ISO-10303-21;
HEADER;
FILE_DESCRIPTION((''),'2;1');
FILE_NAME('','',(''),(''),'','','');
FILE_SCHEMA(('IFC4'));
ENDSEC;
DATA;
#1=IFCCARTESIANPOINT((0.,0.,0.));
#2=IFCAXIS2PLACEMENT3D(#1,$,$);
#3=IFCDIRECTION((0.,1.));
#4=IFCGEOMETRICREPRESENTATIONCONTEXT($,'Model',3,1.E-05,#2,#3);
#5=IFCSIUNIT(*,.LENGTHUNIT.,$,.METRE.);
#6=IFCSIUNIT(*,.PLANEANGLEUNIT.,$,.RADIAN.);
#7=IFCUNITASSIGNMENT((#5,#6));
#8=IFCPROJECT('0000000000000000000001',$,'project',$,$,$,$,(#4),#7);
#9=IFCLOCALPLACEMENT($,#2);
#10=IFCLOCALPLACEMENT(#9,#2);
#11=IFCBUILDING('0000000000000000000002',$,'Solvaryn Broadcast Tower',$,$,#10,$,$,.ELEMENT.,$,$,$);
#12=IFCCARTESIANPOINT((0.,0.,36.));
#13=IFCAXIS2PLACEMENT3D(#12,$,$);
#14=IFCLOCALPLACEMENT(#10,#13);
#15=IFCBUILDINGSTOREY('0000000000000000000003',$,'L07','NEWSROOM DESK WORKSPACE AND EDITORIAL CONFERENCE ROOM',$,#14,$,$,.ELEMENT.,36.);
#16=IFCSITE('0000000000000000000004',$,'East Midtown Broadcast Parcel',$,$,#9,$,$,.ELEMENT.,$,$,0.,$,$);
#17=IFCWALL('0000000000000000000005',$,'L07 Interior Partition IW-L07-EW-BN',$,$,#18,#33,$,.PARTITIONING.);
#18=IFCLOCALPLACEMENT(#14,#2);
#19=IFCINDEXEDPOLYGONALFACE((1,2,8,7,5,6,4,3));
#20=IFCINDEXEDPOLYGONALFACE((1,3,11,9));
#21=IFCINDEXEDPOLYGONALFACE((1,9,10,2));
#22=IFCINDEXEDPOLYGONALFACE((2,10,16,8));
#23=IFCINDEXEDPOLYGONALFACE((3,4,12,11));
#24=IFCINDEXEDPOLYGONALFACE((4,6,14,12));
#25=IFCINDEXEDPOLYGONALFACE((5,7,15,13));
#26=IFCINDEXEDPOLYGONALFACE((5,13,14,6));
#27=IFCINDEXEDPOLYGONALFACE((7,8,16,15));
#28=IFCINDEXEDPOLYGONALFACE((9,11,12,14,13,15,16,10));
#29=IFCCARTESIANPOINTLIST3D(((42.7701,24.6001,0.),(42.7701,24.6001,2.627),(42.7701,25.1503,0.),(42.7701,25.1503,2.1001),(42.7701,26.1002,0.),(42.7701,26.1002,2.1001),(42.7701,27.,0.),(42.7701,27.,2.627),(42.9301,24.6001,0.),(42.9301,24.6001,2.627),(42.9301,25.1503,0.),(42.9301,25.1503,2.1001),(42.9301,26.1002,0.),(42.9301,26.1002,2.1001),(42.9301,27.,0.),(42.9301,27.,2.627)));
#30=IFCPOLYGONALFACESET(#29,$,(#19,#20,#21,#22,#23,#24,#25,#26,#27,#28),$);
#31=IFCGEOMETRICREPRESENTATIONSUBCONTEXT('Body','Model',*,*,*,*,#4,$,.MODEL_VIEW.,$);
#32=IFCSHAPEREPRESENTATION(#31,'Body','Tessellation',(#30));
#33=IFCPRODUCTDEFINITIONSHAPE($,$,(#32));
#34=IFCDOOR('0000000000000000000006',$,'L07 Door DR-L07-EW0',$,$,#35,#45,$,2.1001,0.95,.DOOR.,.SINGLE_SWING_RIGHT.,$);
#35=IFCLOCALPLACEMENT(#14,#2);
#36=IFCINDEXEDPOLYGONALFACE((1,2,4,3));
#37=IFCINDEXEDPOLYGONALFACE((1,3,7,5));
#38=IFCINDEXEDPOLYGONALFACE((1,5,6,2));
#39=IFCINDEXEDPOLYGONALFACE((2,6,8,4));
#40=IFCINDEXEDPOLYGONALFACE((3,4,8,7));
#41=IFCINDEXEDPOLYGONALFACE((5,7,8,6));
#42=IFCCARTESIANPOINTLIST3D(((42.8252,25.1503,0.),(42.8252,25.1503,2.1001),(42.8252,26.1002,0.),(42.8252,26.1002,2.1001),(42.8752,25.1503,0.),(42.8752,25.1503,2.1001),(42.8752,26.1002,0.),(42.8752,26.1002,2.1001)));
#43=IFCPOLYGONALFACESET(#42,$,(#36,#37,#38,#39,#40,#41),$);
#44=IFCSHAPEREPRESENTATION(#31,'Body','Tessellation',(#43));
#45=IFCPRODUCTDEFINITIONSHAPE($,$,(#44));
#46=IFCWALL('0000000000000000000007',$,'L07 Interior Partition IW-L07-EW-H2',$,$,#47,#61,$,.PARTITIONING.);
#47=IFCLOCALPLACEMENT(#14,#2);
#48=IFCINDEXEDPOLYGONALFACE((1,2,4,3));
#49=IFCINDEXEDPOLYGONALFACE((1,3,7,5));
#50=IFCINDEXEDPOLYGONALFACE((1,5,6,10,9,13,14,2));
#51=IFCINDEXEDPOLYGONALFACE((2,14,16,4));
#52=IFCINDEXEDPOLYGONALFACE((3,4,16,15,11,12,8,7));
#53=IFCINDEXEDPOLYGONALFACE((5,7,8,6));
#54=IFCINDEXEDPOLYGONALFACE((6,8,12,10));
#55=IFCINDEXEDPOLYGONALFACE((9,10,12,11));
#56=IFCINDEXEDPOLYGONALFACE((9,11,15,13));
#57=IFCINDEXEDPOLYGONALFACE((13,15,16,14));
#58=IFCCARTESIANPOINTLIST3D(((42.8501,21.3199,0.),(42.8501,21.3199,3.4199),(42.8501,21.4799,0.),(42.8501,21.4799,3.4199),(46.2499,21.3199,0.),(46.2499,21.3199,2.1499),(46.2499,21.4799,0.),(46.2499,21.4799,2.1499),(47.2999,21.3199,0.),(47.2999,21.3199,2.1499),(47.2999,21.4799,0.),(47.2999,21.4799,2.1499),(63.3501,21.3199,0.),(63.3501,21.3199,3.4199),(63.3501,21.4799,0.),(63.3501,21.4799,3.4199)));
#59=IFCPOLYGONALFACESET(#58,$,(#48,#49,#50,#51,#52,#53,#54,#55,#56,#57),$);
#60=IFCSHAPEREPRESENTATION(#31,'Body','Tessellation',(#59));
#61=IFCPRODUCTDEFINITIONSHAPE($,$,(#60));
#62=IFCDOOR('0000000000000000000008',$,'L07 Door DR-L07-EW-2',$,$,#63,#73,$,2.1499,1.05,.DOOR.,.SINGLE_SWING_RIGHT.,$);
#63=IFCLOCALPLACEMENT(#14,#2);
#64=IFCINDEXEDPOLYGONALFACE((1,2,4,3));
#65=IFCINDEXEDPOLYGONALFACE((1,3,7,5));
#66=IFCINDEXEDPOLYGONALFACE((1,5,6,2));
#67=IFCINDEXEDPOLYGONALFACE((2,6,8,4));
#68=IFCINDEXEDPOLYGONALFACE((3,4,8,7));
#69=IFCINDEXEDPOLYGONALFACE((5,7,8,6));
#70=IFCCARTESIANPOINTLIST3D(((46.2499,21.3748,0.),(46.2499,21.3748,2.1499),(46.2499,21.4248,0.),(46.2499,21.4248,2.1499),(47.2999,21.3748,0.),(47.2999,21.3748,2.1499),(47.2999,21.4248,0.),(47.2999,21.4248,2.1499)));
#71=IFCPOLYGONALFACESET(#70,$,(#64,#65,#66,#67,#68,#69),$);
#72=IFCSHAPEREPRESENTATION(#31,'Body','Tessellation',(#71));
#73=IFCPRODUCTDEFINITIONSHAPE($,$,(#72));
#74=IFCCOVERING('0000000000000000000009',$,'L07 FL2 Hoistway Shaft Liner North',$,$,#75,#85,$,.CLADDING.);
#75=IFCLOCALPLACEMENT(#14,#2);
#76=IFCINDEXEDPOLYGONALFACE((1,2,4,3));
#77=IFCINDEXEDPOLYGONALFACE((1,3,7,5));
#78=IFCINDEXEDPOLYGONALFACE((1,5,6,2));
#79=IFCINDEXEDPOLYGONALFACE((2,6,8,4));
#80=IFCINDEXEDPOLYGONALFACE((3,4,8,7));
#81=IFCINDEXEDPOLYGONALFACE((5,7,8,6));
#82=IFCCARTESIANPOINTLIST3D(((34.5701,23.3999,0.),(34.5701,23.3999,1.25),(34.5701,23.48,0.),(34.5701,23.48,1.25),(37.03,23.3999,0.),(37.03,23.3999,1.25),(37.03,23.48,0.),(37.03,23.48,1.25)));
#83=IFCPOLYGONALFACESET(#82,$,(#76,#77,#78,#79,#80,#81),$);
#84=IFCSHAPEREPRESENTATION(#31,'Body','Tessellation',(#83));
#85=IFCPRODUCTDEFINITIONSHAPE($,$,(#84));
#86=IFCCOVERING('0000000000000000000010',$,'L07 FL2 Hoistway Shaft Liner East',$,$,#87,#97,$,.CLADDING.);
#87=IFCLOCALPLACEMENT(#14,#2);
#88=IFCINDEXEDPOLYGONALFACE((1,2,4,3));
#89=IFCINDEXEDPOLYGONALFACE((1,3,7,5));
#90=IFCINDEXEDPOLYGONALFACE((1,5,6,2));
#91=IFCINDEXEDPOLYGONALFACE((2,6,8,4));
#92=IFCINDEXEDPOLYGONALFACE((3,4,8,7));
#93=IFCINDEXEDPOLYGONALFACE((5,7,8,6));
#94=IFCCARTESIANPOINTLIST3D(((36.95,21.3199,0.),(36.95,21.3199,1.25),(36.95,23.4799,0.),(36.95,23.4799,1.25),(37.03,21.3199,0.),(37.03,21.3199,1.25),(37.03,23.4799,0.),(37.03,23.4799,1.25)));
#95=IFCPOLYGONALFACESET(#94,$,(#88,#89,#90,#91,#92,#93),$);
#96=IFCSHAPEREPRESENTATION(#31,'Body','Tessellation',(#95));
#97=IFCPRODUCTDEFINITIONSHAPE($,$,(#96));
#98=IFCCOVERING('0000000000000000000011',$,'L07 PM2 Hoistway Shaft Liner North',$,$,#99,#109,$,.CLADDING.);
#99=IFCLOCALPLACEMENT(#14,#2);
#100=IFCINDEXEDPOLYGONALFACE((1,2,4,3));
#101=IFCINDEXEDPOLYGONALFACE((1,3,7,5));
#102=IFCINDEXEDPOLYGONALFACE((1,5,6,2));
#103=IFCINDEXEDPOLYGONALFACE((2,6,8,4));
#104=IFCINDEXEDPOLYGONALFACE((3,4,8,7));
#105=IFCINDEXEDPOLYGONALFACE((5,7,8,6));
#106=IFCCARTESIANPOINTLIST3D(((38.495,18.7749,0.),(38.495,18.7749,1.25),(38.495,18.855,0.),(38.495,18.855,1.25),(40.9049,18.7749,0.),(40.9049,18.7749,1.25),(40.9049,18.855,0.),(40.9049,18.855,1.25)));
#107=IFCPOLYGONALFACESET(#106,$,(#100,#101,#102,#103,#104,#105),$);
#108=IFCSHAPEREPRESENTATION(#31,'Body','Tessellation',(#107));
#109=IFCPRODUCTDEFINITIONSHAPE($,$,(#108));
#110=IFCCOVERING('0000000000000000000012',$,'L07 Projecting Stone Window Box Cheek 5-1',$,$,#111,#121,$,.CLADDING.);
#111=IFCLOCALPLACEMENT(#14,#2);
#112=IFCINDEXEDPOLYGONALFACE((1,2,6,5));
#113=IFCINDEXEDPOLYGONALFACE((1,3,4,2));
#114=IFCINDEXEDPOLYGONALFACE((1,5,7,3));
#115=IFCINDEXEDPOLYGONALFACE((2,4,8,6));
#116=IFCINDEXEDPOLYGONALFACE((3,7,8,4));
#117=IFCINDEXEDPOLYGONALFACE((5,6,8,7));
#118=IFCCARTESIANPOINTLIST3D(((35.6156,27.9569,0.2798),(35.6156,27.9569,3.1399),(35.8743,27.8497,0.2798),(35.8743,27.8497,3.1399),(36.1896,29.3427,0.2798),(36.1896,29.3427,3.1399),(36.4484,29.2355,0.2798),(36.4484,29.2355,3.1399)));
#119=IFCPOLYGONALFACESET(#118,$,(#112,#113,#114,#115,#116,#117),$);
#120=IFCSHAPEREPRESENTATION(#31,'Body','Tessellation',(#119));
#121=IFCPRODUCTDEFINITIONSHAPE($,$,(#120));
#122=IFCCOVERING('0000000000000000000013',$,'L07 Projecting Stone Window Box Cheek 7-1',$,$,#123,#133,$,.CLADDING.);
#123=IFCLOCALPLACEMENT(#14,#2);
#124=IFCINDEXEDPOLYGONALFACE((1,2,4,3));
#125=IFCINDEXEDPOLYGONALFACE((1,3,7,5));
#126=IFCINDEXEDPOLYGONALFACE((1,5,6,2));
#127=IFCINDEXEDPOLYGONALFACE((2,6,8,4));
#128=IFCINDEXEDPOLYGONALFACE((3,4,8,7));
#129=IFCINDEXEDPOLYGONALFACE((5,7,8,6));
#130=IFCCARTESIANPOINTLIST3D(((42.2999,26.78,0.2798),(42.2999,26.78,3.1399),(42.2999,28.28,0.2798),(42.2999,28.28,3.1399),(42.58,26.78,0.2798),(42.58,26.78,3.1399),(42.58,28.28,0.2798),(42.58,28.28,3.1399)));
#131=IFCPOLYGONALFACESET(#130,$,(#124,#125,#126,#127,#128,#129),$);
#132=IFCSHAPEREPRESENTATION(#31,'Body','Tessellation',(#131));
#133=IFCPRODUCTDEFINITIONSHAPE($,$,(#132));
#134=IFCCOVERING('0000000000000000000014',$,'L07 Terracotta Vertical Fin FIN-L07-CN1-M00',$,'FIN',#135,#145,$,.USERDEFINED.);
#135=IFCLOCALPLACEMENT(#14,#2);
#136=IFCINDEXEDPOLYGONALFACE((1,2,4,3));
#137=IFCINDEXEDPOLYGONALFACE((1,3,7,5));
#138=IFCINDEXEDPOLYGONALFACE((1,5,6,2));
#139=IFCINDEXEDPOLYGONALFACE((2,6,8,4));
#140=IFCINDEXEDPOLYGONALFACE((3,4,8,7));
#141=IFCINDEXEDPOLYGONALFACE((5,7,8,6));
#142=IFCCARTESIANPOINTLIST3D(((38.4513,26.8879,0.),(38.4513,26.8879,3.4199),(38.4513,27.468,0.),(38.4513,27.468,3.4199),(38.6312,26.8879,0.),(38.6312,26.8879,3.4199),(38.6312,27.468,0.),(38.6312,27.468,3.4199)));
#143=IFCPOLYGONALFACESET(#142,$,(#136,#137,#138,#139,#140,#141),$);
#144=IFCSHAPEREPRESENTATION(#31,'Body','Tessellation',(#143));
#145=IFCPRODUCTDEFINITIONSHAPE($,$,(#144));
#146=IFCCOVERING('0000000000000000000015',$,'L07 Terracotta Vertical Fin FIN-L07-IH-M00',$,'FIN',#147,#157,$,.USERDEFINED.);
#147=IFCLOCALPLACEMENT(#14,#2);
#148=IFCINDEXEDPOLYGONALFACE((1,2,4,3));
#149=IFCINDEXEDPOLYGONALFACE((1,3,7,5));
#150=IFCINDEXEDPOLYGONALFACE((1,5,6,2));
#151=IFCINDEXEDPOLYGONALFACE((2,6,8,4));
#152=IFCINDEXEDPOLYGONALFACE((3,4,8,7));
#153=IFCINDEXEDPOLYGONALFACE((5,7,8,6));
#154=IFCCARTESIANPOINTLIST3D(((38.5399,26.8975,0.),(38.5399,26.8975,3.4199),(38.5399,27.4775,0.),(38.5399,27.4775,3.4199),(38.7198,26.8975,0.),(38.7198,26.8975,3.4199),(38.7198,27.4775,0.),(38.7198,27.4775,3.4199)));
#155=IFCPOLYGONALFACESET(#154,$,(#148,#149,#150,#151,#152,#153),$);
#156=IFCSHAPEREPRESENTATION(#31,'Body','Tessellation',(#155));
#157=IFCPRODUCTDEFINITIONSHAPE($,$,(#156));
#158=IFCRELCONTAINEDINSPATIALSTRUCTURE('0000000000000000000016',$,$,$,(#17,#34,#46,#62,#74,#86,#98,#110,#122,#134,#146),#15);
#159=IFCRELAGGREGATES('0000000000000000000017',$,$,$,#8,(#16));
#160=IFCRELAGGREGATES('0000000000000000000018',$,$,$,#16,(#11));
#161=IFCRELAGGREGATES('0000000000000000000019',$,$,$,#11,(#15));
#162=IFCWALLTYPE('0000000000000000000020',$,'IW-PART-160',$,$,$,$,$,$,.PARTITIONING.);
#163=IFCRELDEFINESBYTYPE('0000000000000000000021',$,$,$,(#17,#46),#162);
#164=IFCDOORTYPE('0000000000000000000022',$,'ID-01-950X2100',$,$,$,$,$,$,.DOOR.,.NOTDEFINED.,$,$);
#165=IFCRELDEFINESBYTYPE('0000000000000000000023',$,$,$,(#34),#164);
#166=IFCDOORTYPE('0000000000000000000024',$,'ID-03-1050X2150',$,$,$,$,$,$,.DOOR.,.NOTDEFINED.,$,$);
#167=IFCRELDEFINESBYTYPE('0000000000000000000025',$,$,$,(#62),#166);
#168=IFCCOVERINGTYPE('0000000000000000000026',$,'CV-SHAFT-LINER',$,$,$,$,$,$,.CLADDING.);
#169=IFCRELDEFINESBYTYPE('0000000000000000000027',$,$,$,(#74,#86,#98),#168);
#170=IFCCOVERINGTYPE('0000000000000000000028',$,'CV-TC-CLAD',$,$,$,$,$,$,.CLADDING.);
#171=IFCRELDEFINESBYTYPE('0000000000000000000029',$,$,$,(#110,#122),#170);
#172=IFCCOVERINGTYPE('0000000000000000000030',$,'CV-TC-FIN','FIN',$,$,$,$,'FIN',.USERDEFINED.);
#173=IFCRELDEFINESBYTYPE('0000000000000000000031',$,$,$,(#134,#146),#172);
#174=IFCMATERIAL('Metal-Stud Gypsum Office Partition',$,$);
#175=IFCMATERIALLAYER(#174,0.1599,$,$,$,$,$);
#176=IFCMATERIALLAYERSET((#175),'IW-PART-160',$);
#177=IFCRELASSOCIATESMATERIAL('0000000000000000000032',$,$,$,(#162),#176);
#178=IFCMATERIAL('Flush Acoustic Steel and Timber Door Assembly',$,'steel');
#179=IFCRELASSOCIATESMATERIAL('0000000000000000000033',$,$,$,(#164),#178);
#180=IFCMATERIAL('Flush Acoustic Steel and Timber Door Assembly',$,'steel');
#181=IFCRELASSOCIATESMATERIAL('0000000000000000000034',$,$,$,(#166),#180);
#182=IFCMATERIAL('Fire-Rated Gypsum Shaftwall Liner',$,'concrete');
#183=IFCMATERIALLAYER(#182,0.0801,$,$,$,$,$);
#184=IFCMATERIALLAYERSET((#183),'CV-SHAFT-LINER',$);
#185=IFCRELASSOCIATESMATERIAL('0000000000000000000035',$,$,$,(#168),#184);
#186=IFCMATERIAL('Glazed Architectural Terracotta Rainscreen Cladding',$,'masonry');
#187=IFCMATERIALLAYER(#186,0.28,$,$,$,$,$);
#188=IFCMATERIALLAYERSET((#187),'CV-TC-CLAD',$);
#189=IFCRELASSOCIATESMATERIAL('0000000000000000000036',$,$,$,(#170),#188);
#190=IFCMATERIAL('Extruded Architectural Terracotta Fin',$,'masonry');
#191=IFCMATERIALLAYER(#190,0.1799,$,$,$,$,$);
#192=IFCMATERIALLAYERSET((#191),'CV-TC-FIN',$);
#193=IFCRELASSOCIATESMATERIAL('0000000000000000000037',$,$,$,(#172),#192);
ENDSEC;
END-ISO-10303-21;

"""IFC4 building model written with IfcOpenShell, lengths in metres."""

from ifc_helpers import new_model, si_unit, direction, frame, frame_2d, origin, origin_2d, place, context, subcontext, project, spatial, rectangle, extrude, material, layer, layer_set, type_object, element, fill, save


model = new_model("IFC4")

# Units and contexts
model_context = context("Model", 3, precision=1e-05, world=origin(), true_north=direction((0.0, 1.0)))
body_context = subcontext(model_context, "Body", "Model", "MODEL_VIEW")
ifc_project = project(units=[si_unit("LENGTHUNIT", "METRE"), si_unit("PLANEANGLEUNIT", "RADIAN")], contexts=[model_context])

# Site, building, storey
site_placement = place(None, origin())
site = spatial("IfcSite", under=ifc_project, at=site_placement, Name="East Midtown Broadcast Parcel", CompositionType="ELEMENT", RefElevation=0.0)
building_placement = place(site_placement, origin())
building = spatial("IfcBuilding", under=site, at=building_placement, Name="Solvaryn Broadcast Tower", CompositionType="ELEMENT")
storey_placement = place(building_placement, frame((0.0, 0.0, 36.0)))
storey = spatial("IfcBuildingStorey", under=building, at=storey_placement, Name="L07", Description="NEWSROOM DESK WORKSPACE AND EDITORIAL CONFERENCE ROOM", CompositionType="ELEMENT", Elevation=36.0)

# Walls, openings, doors
ifc_material_1 = material(Name="Metal-Stud Gypsum Office Partition")
ifc_layer_1 = layer(ifc_material_1, 0.1599)
ifc_layer_set_1 = layer_set([ifc_layer_1], Name="IW-PART-160")
wall_type_1 = type_object("IfcWallType", Name="IW-PART-160", PredefinedType="PARTITIONING", material=ifc_layer_set_1)
wall_1_placement = place(storey_placement, frame((42.8501, 24.6001, 0.0), z_axis=(0.0, 0.0, 1.0), x_axis=(0.0, 1.0, 0.0)))
wall_1 = element("IfcWall", 1, at=wall_1_placement, inside=storey, type_object=wall_type_1, Name="L07 Interior Partition IW-L07-EW-BN", PredefinedType="PARTITIONING", context=body_context, shape_type="SweptSolid", body=[
    extrude(rectangle(XDim=2.3999, YDim=0.1599, at=frame_2d((1.2, 0.0))), origin(), (0.0, 0.0, 1.0), 2.627),
])
opening_1_placement = place(wall_1_placement, frame((0.55, 0.0, 0.0)))
opening_1 = element("IfcOpeningElement", 2, at=opening_1_placement, cuts=wall_1, PredefinedType="OPENING", context=body_context, shape_type="SweptSolid", body=[
    extrude(rectangle(XDim=0.95, YDim=2.1001, at=frame_2d((0.4751, 1.05))), frame((0.0, 0.0901, 0.0), z_axis=(0.0, -1.0, 0.0), x_axis=(1.0, 0.0, 0.0)), (0.0, 0.0, 1.0), 0.1799),
])
ifc_material_2 = material(Name="Flush Acoustic Steel and Timber Door Assembly", Category="steel")
door_type_1 = type_object("IfcDoorType", Name="ID-01-950X2100", OperationType="NOTDEFINED", PredefinedType="DOOR", material=ifc_material_2)
door_1_placement = place(opening_1_placement, origin())
door_1 = element("IfcDoor", 3, at=door_1_placement, inside=storey, type_object=door_type_1, Name="L07 Door DR-L07-EW0", OperationType="SINGLE_SWING_RIGHT", OverallHeight=2.1001, OverallWidth=0.95, PredefinedType="DOOR", context=body_context, shape_type="SweptSolid", body=[
    extrude(rectangle(XDim=0.95, YDim=2.1001, at=frame_2d((0.4751, 1.05))), frame((0.0, 0.0249, 0.0), z_axis=(0.0, -1.0, 0.0), x_axis=(1.0, 0.0, 0.0)), (0.0, 0.0, 1.0), 0.05),
])
fill(opening_1, door_1)
wall_2_placement = place(storey_placement, frame((42.8501, 21.3999, 0.0), z_axis=(0.0, 0.0, 1.0), x_axis=(1.0, 0.0, 0.0)))
wall_2 = element("IfcWall", 4, at=wall_2_placement, inside=storey, type_object=wall_type_1, Name="L07 Interior Partition IW-L07-EW-H2", PredefinedType="PARTITIONING", context=body_context, shape_type="SweptSolid", body=[
    extrude(rectangle(XDim=20.5, YDim=0.1599, at=frame_2d((10.25, 0.0))), origin(), (0.0, 0.0, 1.0), 3.4199),
])
opening_2_placement = place(wall_2_placement, frame((3.3999, 0.0, 0.0)))
opening_2 = element("IfcOpeningElement", 5, at=opening_2_placement, cuts=wall_2, PredefinedType="OPENING", context=body_context, shape_type="SweptSolid", body=[
    extrude(rectangle(XDim=1.05, YDim=2.1499, at=frame_2d((0.5249, 1.075))), frame((0.0, 0.0901, 0.0), z_axis=(0.0, -1.0, 0.0), x_axis=(1.0, 0.0, 0.0)), (0.0, 0.0, 1.0), 0.1799),
])
ifc_material_3 = material(Name="Flush Acoustic Steel and Timber Door Assembly", Category="steel")
door_type_2 = type_object("IfcDoorType", Name="ID-03-1050X2150", OperationType="NOTDEFINED", PredefinedType="DOOR", material=ifc_material_3)
door_2_placement = place(opening_2_placement, origin())
door_2 = element("IfcDoor", 6, at=door_2_placement, inside=storey, type_object=door_type_2, Name="L07 Door DR-L07-EW-2", OperationType="SINGLE_SWING_RIGHT", OverallHeight=2.1499, OverallWidth=1.05, PredefinedType="DOOR", context=body_context, shape_type="SweptSolid", body=[
    extrude(rectangle(XDim=1.05, YDim=2.1499, at=frame_2d((0.5249, 1.075))), frame((0.0, 0.0249, 0.0), z_axis=(0.0, -1.0, 0.0), x_axis=(1.0, 0.0, 0.0)), (0.0, 0.0, 1.0), 0.05),
])
fill(opening_2, door_2)

# Coverings
ifc_material_4 = material(Name="Fire-Rated Gypsum Shaftwall Liner", Category="concrete")
ifc_layer_2 = layer(ifc_material_4, 0.0801)
ifc_layer_set_2 = layer_set([ifc_layer_2], Name="CV-SHAFT-LINER")
covering_type_1 = type_object("IfcCoveringType", Name="CV-SHAFT-LINER", PredefinedType="CLADDING", material=ifc_layer_set_2)
covering_1_placement = place(storey_placement, frame((35.8, 23.4399, 0.0), z_axis=(0.0, 0.0, 1.0), x_axis=(1.0, 0.0, 0.0)))
element("IfcCovering", 7, at=covering_1_placement, inside=storey, type_object=covering_type_1, Name="L07 FL2 Hoistway Shaft Liner North", PredefinedType="CLADDING", context=body_context, shape_type="SweptSolid", body=[
    extrude(rectangle(XDim=2.46, YDim=0.0801, at=origin_2d()), origin(), (0.0, 0.0, 1.0), 1.25),
])
covering_2_placement = place(storey_placement, frame((36.99, 22.3999, 0.0), z_axis=(0.0, 0.0, 1.0), x_axis=(1.0, 0.0, 0.0)))
element("IfcCovering", 8, at=covering_2_placement, inside=storey, type_object=covering_type_1, Name="L07 FL2 Hoistway Shaft Liner East", PredefinedType="CLADDING", context=body_context, shape_type="SweptSolid", body=[
    extrude(rectangle(XDim=0.0801, YDim=2.1599, at=origin_2d()), origin(), (0.0, 0.0, 1.0), 1.25),
])
covering_3_placement = place(storey_placement, frame((39.7, 18.8149, 0.0), z_axis=(0.0, 0.0, 1.0), x_axis=(1.0, 0.0, 0.0)))
element("IfcCovering", 9, at=covering_3_placement, inside=storey, type_object=covering_type_1, Name="L07 PM2 Hoistway Shaft Liner North", PredefinedType="CLADDING", context=body_context, shape_type="SweptSolid", body=[
    extrude(rectangle(XDim=2.4099, YDim=0.0801, at=origin_2d()), origin(), (0.0, 0.0, 1.0), 1.25),
])
ifc_material_5 = material(Name="Glazed Architectural Terracotta Rainscreen Cladding", Category="masonry")
ifc_layer_3 = layer(ifc_material_5, 0.28)
ifc_layer_set_3 = layer_set([ifc_layer_3], Name="CV-TC-CLAD")
covering_type_2 = type_object("IfcCoveringType", Name="CV-TC-CLAD", PredefinedType="CLADDING", material=ifc_layer_set_3)
for number, where, z_axis, x_axis, name in (
    (10, (36.032, 28.5962, 0.2798), (0.0, 0.0, 1.0), (-0.92388, 0.382683, 0.0), "L07 Projecting Stone Window Box Cheek 5-1"),
    (11, (42.4399, 27.53, 0.2798), (0.0, 0.0, 1.0), (1.0, 0.0, 0.0), "L07 Projecting Stone Window Box Cheek 7-1"),
):
    element("IfcCovering", number, at=place(storey_placement, frame(where, z_axis=z_axis, x_axis=x_axis)), inside=storey, type_object=covering_type_2, Name=name, PredefinedType="CLADDING", context=body_context, shape_type="SweptSolid", body=[
        extrude(rectangle(XDim=0.28, YDim=1.5, at=origin_2d()), origin(), (0.0, 0.0, 1.0), 2.8601),
    ])
ifc_material_6 = material(Name="Extruded Architectural Terracotta Fin", Category="masonry")
ifc_layer_4 = layer(ifc_material_6, 0.1799)
ifc_layer_set_4 = layer_set([ifc_layer_4], Name="CV-TC-FIN")
covering_type_3 = type_object("IfcCoveringType", Name="CV-TC-FIN", Description="FIN", ElementType="FIN", PredefinedType="USERDEFINED", material=ifc_layer_set_4)
for number, where, z_axis, x_axis, name in (
    (12, (38.5413, 27.178, 0.0), (0.0, 0.0, 1.0), (1.0, 0.0, 0.0), "L07 Terracotta Vertical Fin FIN-L07-CN1-M00"),
    (13, (38.6299, 27.1875, 0.0), (0.0, 0.0, 1.0), (1.0, 0.0, 0.0), "L07 Terracotta Vertical Fin FIN-L07-IH-M00"),
):
    element("IfcCovering", number, at=place(storey_placement, frame(where, z_axis=z_axis, x_axis=x_axis)), inside=storey, type_object=covering_type_3, Name=name, ObjectType="FIN", PredefinedType="USERDEFINED", context=body_context, shape_type="SweptSolid", body=[
        extrude(rectangle(XDim=0.1799, YDim=0.5801, at=origin_2d()), origin(), (0.0, 0.0, 1.0), 3.4199),
    ])

save(model, "model.ifc")
